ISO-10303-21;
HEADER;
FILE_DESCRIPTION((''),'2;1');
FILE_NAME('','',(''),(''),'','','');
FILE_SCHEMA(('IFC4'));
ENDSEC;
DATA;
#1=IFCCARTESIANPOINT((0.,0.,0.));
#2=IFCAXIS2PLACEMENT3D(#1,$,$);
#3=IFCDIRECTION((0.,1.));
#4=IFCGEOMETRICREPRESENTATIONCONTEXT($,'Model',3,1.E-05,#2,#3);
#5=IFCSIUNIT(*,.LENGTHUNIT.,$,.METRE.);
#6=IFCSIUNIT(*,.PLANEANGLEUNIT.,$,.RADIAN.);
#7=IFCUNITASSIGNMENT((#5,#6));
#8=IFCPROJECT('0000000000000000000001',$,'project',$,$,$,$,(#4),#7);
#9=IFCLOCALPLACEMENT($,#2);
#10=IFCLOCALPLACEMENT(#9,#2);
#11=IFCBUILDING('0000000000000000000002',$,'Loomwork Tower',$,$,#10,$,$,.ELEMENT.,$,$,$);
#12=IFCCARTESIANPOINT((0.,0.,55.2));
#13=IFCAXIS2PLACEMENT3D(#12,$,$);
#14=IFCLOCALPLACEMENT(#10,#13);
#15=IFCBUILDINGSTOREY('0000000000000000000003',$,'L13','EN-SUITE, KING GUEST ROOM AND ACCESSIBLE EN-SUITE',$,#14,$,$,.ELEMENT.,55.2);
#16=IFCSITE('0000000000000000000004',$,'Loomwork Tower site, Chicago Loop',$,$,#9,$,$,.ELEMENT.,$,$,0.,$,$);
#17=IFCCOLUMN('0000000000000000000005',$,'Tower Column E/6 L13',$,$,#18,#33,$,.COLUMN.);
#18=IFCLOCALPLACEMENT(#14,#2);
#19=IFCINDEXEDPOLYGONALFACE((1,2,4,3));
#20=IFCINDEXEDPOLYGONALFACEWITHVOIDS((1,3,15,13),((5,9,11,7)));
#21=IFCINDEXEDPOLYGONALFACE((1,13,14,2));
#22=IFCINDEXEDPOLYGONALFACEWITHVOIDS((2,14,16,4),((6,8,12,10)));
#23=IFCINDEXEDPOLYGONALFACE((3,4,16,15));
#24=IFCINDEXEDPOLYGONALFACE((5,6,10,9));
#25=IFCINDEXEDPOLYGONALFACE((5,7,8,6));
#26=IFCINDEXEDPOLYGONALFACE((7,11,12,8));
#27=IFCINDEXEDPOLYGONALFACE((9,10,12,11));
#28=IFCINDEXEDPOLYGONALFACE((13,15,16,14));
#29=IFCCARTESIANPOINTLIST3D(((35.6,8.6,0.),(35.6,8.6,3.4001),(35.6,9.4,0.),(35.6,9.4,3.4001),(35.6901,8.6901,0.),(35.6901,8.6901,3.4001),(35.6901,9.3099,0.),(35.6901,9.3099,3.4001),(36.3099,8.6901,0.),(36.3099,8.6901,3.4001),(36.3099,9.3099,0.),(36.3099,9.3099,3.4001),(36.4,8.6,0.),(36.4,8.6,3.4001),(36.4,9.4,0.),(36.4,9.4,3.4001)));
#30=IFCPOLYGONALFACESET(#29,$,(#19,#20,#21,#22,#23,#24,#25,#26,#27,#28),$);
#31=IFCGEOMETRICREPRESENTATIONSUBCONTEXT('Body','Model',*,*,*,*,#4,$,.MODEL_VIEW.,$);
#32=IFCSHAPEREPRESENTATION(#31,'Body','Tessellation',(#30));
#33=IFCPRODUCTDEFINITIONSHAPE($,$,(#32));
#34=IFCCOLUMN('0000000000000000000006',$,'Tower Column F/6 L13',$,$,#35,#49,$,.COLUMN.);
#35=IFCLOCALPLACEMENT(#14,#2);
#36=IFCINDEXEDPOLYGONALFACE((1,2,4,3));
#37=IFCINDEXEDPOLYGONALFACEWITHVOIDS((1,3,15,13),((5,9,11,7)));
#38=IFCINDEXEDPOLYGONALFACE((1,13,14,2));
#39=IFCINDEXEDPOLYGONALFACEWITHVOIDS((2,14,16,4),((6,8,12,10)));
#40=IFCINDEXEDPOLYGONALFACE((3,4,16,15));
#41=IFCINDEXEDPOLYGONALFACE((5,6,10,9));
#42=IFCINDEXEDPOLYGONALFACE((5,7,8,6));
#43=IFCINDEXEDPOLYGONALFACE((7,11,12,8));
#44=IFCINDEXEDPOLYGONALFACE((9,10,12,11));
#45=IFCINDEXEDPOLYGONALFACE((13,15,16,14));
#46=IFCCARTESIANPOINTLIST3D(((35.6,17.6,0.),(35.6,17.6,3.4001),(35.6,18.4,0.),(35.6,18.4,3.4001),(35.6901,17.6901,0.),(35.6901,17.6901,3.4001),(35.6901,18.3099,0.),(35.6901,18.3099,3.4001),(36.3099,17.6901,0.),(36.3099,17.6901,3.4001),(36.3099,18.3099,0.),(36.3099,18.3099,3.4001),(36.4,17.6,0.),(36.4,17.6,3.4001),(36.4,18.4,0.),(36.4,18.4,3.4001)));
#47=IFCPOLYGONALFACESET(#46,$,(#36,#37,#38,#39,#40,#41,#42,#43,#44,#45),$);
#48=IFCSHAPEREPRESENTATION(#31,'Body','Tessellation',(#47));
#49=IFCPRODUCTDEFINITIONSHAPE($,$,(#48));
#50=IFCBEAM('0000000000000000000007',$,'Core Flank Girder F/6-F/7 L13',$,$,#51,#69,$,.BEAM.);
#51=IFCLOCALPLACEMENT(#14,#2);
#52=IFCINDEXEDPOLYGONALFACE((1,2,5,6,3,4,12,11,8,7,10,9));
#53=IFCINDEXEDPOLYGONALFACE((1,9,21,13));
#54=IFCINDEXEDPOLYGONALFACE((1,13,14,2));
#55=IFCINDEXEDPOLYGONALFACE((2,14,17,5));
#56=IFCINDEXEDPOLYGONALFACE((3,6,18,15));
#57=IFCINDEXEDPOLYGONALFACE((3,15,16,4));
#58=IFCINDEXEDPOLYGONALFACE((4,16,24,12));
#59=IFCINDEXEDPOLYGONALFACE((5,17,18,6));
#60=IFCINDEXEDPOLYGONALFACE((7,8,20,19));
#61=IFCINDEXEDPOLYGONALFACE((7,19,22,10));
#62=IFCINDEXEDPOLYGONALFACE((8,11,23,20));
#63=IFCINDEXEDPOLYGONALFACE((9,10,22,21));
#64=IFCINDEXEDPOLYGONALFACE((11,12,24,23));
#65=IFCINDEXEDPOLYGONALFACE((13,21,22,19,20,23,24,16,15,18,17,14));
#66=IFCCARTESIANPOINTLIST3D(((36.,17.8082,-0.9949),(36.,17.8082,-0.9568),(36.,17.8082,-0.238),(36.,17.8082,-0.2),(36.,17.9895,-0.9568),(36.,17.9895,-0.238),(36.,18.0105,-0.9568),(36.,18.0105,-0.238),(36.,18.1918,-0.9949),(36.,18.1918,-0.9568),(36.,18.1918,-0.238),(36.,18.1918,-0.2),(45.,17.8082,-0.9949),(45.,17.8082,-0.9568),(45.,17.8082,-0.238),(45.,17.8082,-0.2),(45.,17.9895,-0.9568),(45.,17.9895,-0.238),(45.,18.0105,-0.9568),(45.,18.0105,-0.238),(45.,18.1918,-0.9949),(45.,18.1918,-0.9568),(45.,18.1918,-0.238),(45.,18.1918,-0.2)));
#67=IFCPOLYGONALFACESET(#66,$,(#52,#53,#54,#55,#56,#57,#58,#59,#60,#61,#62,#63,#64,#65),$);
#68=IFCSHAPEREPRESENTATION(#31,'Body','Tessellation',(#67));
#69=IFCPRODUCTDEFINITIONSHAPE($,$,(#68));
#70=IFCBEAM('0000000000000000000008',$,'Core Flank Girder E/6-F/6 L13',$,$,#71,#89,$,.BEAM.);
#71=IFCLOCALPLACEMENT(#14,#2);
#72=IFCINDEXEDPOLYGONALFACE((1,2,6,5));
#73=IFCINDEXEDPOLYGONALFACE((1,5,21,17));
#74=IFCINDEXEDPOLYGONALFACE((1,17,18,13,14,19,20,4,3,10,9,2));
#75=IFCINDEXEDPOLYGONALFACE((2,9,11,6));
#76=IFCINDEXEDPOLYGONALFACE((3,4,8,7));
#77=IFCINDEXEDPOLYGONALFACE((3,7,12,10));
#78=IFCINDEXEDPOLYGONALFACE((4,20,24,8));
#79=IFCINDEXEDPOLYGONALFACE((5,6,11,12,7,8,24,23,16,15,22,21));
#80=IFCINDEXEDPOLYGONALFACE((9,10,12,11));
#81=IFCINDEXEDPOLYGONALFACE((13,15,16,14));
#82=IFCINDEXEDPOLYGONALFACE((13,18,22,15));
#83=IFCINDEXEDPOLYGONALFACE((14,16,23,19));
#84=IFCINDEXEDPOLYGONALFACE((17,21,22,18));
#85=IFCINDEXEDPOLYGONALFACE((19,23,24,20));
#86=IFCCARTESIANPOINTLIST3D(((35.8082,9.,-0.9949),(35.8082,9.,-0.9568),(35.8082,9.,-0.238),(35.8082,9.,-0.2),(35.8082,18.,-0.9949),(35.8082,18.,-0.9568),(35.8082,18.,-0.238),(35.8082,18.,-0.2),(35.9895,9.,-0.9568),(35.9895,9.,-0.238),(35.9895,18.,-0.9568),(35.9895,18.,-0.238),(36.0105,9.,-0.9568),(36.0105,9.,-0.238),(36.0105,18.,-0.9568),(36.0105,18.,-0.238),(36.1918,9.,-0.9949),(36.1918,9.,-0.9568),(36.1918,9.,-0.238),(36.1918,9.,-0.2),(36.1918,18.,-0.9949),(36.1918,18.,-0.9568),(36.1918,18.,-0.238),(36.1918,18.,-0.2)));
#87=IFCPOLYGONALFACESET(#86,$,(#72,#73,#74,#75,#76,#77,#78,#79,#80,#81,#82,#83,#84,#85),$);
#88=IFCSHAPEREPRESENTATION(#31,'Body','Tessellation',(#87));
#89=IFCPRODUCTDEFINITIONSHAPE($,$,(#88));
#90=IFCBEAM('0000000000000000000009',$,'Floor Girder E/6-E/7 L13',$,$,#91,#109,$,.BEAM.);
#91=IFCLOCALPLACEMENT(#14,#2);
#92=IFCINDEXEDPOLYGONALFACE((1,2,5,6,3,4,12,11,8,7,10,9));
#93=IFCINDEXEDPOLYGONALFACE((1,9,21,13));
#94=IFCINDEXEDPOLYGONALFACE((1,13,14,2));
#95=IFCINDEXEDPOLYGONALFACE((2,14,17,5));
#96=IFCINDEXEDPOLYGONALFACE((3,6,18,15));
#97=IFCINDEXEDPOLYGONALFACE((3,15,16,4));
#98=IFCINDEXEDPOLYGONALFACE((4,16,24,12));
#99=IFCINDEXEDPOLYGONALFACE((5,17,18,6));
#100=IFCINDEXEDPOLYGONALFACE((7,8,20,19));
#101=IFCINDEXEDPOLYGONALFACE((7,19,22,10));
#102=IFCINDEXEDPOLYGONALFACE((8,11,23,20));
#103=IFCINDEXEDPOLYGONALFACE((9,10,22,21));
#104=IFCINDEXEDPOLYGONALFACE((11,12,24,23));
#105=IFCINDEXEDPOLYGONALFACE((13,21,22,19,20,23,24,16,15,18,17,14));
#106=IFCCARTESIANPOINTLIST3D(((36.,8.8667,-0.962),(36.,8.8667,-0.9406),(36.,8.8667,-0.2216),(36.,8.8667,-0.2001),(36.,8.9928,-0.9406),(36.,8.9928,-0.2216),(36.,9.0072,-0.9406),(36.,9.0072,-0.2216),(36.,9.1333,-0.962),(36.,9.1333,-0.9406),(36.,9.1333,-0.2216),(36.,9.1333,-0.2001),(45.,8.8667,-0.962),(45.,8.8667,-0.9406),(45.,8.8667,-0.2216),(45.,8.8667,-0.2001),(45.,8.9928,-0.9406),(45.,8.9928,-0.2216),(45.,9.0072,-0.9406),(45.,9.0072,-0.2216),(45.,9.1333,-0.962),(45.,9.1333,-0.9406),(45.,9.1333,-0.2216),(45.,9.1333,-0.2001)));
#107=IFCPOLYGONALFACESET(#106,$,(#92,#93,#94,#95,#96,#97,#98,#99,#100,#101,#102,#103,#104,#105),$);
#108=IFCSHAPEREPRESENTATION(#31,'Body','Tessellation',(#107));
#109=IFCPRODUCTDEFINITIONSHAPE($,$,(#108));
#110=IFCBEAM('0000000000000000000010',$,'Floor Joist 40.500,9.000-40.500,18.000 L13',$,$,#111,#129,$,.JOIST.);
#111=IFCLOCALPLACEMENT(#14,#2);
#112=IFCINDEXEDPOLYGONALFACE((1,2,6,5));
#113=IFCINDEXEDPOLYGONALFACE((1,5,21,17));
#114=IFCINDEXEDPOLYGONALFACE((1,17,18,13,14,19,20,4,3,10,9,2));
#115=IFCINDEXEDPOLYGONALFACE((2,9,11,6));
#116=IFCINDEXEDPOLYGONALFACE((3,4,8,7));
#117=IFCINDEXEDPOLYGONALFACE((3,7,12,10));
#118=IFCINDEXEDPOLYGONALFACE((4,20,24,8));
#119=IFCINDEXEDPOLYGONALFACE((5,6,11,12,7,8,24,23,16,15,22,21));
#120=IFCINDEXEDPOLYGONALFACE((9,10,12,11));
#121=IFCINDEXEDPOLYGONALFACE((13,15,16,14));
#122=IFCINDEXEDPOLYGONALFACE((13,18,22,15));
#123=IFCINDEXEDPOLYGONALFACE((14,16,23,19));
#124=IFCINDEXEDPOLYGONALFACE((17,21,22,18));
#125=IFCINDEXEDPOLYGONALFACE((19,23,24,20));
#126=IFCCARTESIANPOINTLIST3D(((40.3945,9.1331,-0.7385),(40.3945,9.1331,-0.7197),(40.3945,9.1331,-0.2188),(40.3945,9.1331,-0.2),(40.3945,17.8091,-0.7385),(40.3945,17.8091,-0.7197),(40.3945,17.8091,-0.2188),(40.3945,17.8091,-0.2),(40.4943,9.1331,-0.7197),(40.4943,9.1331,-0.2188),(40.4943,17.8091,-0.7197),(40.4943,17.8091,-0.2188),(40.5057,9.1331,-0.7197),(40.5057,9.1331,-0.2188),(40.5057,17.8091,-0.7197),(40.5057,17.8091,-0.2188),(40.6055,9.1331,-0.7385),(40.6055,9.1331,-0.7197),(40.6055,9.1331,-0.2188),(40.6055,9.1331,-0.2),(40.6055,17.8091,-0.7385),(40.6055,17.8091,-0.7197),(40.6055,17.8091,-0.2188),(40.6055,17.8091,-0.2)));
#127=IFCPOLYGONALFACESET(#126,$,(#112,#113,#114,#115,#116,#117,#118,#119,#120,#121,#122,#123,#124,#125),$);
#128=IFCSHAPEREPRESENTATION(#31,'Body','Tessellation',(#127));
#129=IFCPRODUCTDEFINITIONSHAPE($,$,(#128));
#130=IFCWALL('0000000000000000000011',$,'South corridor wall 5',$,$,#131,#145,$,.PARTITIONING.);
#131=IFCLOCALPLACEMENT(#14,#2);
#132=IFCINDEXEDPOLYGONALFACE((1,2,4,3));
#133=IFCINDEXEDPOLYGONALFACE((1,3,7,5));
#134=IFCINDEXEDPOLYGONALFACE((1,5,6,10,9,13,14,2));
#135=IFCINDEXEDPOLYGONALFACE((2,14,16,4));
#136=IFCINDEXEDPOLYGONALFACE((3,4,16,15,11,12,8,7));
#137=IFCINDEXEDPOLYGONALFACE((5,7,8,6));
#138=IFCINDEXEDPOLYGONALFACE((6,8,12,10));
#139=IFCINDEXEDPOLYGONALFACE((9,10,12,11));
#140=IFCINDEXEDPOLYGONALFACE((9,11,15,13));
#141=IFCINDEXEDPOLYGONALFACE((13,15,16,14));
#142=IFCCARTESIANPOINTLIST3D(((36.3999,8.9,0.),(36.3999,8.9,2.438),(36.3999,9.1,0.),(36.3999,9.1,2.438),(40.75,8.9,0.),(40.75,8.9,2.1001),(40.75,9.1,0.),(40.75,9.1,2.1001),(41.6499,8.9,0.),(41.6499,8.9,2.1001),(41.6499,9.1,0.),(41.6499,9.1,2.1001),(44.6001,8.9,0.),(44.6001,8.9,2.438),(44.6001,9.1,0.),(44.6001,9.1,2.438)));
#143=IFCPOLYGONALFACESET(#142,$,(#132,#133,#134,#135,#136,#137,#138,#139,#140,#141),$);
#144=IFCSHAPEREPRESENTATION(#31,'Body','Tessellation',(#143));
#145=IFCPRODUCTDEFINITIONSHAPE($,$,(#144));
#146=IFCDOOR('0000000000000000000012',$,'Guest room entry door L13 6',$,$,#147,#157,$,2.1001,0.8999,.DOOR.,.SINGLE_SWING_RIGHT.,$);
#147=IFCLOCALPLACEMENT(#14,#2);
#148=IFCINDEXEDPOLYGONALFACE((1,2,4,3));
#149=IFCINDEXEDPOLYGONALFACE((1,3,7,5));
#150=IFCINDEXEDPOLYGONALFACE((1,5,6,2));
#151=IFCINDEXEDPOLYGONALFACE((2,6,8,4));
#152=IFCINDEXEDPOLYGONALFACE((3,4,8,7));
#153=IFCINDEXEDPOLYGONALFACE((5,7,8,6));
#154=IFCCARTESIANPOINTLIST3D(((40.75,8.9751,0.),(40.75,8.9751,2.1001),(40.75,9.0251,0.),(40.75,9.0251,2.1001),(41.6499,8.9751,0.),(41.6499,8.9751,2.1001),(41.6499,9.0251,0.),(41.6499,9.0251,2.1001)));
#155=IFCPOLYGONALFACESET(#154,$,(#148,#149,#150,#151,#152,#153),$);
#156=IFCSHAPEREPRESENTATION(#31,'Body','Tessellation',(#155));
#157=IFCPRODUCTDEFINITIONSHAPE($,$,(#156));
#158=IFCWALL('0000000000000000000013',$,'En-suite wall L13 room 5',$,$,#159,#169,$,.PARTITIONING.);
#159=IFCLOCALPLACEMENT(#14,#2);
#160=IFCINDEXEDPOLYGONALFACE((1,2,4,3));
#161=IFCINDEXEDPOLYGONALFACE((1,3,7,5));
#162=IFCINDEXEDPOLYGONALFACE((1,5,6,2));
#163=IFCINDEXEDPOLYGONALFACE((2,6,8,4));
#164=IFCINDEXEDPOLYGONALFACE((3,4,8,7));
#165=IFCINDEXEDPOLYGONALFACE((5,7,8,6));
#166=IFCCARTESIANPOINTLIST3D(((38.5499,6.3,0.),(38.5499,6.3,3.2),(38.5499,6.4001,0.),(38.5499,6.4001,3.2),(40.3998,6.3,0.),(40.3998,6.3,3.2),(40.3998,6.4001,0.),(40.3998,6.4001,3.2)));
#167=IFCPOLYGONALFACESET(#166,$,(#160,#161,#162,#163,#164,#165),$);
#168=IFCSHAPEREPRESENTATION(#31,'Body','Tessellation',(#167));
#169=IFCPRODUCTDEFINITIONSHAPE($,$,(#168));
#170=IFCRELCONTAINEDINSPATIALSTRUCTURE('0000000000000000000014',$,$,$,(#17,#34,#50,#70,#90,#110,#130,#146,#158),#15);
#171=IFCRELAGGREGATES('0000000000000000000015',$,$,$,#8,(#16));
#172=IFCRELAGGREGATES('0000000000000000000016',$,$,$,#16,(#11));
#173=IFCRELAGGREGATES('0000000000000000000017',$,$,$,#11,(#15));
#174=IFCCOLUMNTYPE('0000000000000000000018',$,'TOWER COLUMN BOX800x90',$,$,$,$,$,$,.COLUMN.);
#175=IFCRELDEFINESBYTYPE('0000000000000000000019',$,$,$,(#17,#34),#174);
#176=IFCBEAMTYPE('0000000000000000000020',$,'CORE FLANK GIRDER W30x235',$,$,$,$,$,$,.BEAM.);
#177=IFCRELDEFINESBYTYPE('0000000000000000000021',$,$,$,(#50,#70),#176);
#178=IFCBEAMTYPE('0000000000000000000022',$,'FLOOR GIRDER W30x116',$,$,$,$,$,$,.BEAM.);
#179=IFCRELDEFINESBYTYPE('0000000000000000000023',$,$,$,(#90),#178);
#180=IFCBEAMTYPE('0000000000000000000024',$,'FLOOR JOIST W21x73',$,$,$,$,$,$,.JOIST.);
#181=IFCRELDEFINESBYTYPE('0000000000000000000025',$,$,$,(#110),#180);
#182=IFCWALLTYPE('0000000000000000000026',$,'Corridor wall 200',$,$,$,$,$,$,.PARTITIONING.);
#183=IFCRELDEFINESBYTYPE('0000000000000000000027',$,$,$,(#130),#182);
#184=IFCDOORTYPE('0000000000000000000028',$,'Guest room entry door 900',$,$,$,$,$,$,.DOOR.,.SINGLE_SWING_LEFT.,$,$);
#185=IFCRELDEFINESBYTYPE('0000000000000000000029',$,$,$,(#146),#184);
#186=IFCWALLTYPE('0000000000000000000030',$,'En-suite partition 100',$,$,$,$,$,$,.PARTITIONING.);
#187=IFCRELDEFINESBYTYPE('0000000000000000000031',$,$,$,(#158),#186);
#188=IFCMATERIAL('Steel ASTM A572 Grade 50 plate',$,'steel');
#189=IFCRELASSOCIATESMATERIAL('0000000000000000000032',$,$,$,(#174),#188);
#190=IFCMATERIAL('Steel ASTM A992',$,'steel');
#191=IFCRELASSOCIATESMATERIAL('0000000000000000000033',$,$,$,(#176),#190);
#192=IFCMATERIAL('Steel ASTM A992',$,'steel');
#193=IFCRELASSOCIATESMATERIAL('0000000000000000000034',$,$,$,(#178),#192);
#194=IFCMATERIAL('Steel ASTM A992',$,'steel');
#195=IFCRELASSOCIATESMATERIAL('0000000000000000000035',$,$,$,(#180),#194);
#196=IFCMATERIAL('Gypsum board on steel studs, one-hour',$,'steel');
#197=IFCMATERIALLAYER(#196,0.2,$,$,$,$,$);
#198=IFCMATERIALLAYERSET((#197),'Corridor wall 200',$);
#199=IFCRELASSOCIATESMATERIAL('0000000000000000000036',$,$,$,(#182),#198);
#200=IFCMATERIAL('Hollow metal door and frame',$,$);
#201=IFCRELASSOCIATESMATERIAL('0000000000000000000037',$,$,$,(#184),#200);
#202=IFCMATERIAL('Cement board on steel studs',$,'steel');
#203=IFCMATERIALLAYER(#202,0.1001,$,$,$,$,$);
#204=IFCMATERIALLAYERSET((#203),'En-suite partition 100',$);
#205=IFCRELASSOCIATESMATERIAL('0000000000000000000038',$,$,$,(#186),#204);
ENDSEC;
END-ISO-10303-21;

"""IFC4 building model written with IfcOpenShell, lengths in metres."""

from ifc_helpers import new_model, si_unit, direction, frame, frame_2d, origin, origin_2d, place, context, subcontext, project, spatial, rectangle, hollow_rectangle, i_section, extrude, material, layer, layer_set, material_profile, profile_set, type_object, element, fill, save


model = new_model("IFC4")

# Units and contexts
model_context = context("Model", 3, precision=1e-05, world=origin(), true_north=direction((0.0, 1.0)))
body_context = subcontext(model_context, "Body", "Model", "MODEL_VIEW")
ifc_project = project(units=[si_unit("LENGTHUNIT", "METRE"), si_unit("PLANEANGLEUNIT", "RADIAN")], contexts=[model_context])

# Site, building, storey
site_placement = place(None, origin())
site = spatial("IfcSite", under=ifc_project, at=site_placement, Name="Loomwork Tower site, Chicago Loop", CompositionType="ELEMENT", RefElevation=0.0)
building_placement = place(site_placement, origin())
building = spatial("IfcBuilding", under=site, at=building_placement, Name="Loomwork Tower", CompositionType="ELEMENT")
storey_placement = place(building_placement, frame((0.0, 0.0, 55.2)))
storey = spatial("IfcBuildingStorey", under=building, at=storey_placement, Name="L13", Description="EN-SUITE, KING GUEST ROOM AND ACCESSIBLE EN-SUITE", CompositionType="ELEMENT", Elevation=55.2)

# Columns
ifc_material_1 = material(Name="Steel ASTM A572 Grade 50 plate", Category="steel")
ifc_material_profile_1 = material_profile(ifc_material_1, hollow_rectangle(XDim=0.8, YDim=0.8, WallThickness=0.0901, at=origin_2d()), Name="BOX800x90")
ifc_profile_set_1 = profile_set([ifc_material_profile_1], Name="Steel ASTM A572 Grade 50 plate")
column_type = type_object("IfcColumnType", Name="TOWER COLUMN BOX800x90", PredefinedType="COLUMN", material=ifc_profile_set_1)
for number, where, z_axis, x_axis, name in (
    (1, (36.0, 9.0, 0.0), (0.0, 0.0, 1.0), (0.0, 1.0, 0.0), "Tower Column E/6 L13"),
    (2, (36.0, 18.0, 0.0), (0.0, 0.0, 1.0), (0.0, 1.0, 0.0), "Tower Column F/6 L13"),
):
    element("IfcColumn", number, at=place(storey_placement, frame(where, z_axis=z_axis, x_axis=x_axis)), inside=storey, type_object=column_type, Name=name, PredefinedType="COLUMN", context=body_context, shape_type="SweptSolid", body=[
        extrude(hollow_rectangle(XDim=0.8, YDim=0.8, WallThickness=0.0901, at=origin_2d()), origin(), (0.0, 0.0, 1.0), 3.4001),
    ])

# Beams
ifc_material_2 = material(Name="Steel ASTM A992", Category="steel")
ifc_material_profile_2 = material_profile(ifc_material_2, i_section(OverallWidth=0.3835, OverallDepth=0.7949, WebThickness=0.021, FlangeThickness=0.0381, at=origin_2d()), Name="W30x235")
ifc_profile_set_2 = profile_set([ifc_material_profile_2], Name="Steel ASTM A992")
beam_type_1 = type_object("IfcBeamType", Name="CORE FLANK GIRDER W30x235", PredefinedType="BEAM", material=ifc_profile_set_2)
for number, where, z_axis, x_axis, name in (
    (3, (36.0, 18.0, -0.5974), (1.0, 0.0, 0.0), (0.0, 1.0, 0.0), "Core Flank Girder F/6-F/7 L13"),
    (4, (36.0, 9.0, -0.5974), (0.0, 1.0, 0.0), (-1.0, 0.0, 0.0), "Core Flank Girder E/6-F/6 L13"),
):
    element("IfcBeam", number, at=place(storey_placement, frame(where, z_axis=z_axis, x_axis=x_axis)), inside=storey, type_object=beam_type_1, Name=name, PredefinedType="BEAM", context=body_context, shape_type="SweptSolid", body=[
        extrude(i_section(OverallWidth=0.3835, OverallDepth=0.7949, WebThickness=0.021, FlangeThickness=0.0381, at=origin_2d()), origin(), (0.0, 0.0, 1.0), 9.0),
    ])
ifc_material_3 = material(Name="Steel ASTM A992", Category="steel")
ifc_material_profile_3 = material_profile(ifc_material_3, i_section(OverallWidth=0.2666, OverallDepth=0.762, WebThickness=0.0144, FlangeThickness=0.0215, at=origin_2d()), Name="W30x116")
ifc_profile_set_3 = profile_set([ifc_material_profile_3], Name="Steel ASTM A992")
beam_type_2 = type_object("IfcBeamType", Name="FLOOR GIRDER W30x116", PredefinedType="BEAM", material=ifc_profile_set_3)
beam_1_placement = place(storey_placement, frame((36.0, 9.0, -0.5811), z_axis=(1.0, 0.0, 0.0), x_axis=(0.0, 1.0, 0.0)))
element("IfcBeam", 5, at=beam_1_placement, inside=storey, type_object=beam_type_2, Name="Floor Girder E/6-E/7 L13", PredefinedType="BEAM", context=body_context, shape_type="SweptSolid", body=[
    extrude(i_section(OverallWidth=0.2666, OverallDepth=0.762, WebThickness=0.0144, FlangeThickness=0.0215, at=origin_2d()), origin(), (0.0, 0.0, 1.0), 9.0),
])
ifc_material_4 = material(Name="Steel ASTM A992", Category="steel")
ifc_material_profile_4 = material_profile(ifc_material_4, i_section(OverallWidth=0.2109, OverallDepth=0.5386, WebThickness=0.0115, FlangeThickness=0.0188, at=origin_2d()), Name="W21x73")
ifc_profile_set_4 = profile_set([ifc_material_profile_4], Name="Steel ASTM A992")
beam_type_3 = type_object("IfcBeamType", Name="FLOOR JOIST W21x73", PredefinedType="JOIST", material=ifc_profile_set_4)
beam_2_placement = place(storey_placement, frame((40.5, 9.1331, -0.4692), z_axis=(0.0, 1.0, 0.0), x_axis=(-1.0, 0.0, 0.0)))
element("IfcBeam", 6, at=beam_2_placement, inside=storey, type_object=beam_type_3, Name="Floor Joist 40.500,9.000-40.500,18.000 L13", PredefinedType="JOIST", context=body_context, shape_type="SweptSolid", body=[
    extrude(i_section(OverallWidth=0.2109, OverallDepth=0.5386, WebThickness=0.0115, FlangeThickness=0.0188, at=origin_2d()), origin(), (0.0, 0.0, 1.0), 8.676),
])

# Wall, opening, door
ifc_material_5 = material(Name="Gypsum board on steel studs, one-hour", Category="steel")
ifc_layer_1 = layer(ifc_material_5, 0.2)
ifc_layer_set_1 = layer_set([ifc_layer_1], Name="Corridor wall 200")
wall_type_1 = type_object("IfcWallType", Name="Corridor wall 200", PredefinedType="PARTITIONING", material=ifc_layer_set_1)
wall_1_placement = place(storey_placement, frame((36.3999, 9.0, 0.0), z_axis=(0.0, 0.0, 1.0), x_axis=(1.0, 0.0, 0.0)))
wall_1 = element("IfcWall", 7, at=wall_1_placement, inside=storey, type_object=wall_type_1, Name="South corridor wall 5", PredefinedType="PARTITIONING", context=body_context, shape_type="SweptSolid", body=[
    extrude(rectangle(XDim=8.2002, YDim=0.2, at=frame_2d((4.1001, 0.0))), origin(), (0.0, 0.0, 1.0), 2.438),
])
opening_1_placement = place(wall_1_placement, frame((4.3501, 0.0, 0.0)))
opening_1 = element("IfcOpeningElement", 8, at=opening_1_placement, cuts=wall_1, PredefinedType="OPENING", context=body_context, shape_type="SweptSolid", body=[
    extrude(rectangle(XDim=0.8999, YDim=2.1001, at=frame_2d((0.45, 1.05))), frame((0.0, 0.1099, 0.0), z_axis=(0.0, -1.0, 0.0), x_axis=(1.0, 0.0, 0.0)), (0.0, 0.0, 1.0), 0.22),
])
ifc_material_6 = material(Name="Hollow metal door and frame")
door_type_1 = type_object("IfcDoorType", Name="Guest room entry door 900", OperationType="SINGLE_SWING_LEFT", PredefinedType="DOOR", material=ifc_material_6)
door_1_placement = place(opening_1_placement, frame((0.8999, 0.0, 0.0), z_axis=(0.0, 0.0, 1.0), x_axis=(-1.0, 0.0, 0.0)))
door_1 = element("IfcDoor", 9, at=door_1_placement, inside=storey, type_object=door_type_1, Name="Guest room entry door L13 6", OperationType="SINGLE_SWING_RIGHT", OverallHeight=2.1001, OverallWidth=0.8999, PredefinedType="DOOR", context=body_context, shape_type="SweptSolid", body=[
    extrude(rectangle(XDim=0.8999, YDim=2.1001, at=frame_2d((0.45, 1.05))), frame((0.0, 0.0249, 0.0), z_axis=(0.0, -1.0, 0.0), x_axis=(1.0, 0.0, 0.0)), (0.0, 0.0, 1.0), 0.05),
])
fill(opening_1, door_1)

# Wall
ifc_material_7 = material(Name="Cement board on steel studs", Category="steel")
ifc_layer_2 = layer(ifc_material_7, 0.1001)
ifc_layer_set_2 = layer_set([ifc_layer_2], Name="En-suite partition 100")
wall_type_2 = type_object("IfcWallType", Name="En-suite partition 100", PredefinedType="PARTITIONING", material=ifc_layer_set_2)
wall_2_placement = place(storey_placement, frame((38.55, 6.3501, 0.0), z_axis=(0.0, 0.0, 1.0), x_axis=(1.0, 0.0, 0.0)))
element("IfcWall", 10, at=wall_2_placement, inside=storey, type_object=wall_type_2, Name="En-suite wall L13 room 5", PredefinedType="PARTITIONING", context=body_context, shape_type="SweptSolid", body=[
    extrude(rectangle(XDim=1.8499, YDim=0.1001, at=frame_2d((0.9248, 0.0))), origin(), (0.0, 0.0, 1.0), 3.2),
])

save(model, "model.ifc")
